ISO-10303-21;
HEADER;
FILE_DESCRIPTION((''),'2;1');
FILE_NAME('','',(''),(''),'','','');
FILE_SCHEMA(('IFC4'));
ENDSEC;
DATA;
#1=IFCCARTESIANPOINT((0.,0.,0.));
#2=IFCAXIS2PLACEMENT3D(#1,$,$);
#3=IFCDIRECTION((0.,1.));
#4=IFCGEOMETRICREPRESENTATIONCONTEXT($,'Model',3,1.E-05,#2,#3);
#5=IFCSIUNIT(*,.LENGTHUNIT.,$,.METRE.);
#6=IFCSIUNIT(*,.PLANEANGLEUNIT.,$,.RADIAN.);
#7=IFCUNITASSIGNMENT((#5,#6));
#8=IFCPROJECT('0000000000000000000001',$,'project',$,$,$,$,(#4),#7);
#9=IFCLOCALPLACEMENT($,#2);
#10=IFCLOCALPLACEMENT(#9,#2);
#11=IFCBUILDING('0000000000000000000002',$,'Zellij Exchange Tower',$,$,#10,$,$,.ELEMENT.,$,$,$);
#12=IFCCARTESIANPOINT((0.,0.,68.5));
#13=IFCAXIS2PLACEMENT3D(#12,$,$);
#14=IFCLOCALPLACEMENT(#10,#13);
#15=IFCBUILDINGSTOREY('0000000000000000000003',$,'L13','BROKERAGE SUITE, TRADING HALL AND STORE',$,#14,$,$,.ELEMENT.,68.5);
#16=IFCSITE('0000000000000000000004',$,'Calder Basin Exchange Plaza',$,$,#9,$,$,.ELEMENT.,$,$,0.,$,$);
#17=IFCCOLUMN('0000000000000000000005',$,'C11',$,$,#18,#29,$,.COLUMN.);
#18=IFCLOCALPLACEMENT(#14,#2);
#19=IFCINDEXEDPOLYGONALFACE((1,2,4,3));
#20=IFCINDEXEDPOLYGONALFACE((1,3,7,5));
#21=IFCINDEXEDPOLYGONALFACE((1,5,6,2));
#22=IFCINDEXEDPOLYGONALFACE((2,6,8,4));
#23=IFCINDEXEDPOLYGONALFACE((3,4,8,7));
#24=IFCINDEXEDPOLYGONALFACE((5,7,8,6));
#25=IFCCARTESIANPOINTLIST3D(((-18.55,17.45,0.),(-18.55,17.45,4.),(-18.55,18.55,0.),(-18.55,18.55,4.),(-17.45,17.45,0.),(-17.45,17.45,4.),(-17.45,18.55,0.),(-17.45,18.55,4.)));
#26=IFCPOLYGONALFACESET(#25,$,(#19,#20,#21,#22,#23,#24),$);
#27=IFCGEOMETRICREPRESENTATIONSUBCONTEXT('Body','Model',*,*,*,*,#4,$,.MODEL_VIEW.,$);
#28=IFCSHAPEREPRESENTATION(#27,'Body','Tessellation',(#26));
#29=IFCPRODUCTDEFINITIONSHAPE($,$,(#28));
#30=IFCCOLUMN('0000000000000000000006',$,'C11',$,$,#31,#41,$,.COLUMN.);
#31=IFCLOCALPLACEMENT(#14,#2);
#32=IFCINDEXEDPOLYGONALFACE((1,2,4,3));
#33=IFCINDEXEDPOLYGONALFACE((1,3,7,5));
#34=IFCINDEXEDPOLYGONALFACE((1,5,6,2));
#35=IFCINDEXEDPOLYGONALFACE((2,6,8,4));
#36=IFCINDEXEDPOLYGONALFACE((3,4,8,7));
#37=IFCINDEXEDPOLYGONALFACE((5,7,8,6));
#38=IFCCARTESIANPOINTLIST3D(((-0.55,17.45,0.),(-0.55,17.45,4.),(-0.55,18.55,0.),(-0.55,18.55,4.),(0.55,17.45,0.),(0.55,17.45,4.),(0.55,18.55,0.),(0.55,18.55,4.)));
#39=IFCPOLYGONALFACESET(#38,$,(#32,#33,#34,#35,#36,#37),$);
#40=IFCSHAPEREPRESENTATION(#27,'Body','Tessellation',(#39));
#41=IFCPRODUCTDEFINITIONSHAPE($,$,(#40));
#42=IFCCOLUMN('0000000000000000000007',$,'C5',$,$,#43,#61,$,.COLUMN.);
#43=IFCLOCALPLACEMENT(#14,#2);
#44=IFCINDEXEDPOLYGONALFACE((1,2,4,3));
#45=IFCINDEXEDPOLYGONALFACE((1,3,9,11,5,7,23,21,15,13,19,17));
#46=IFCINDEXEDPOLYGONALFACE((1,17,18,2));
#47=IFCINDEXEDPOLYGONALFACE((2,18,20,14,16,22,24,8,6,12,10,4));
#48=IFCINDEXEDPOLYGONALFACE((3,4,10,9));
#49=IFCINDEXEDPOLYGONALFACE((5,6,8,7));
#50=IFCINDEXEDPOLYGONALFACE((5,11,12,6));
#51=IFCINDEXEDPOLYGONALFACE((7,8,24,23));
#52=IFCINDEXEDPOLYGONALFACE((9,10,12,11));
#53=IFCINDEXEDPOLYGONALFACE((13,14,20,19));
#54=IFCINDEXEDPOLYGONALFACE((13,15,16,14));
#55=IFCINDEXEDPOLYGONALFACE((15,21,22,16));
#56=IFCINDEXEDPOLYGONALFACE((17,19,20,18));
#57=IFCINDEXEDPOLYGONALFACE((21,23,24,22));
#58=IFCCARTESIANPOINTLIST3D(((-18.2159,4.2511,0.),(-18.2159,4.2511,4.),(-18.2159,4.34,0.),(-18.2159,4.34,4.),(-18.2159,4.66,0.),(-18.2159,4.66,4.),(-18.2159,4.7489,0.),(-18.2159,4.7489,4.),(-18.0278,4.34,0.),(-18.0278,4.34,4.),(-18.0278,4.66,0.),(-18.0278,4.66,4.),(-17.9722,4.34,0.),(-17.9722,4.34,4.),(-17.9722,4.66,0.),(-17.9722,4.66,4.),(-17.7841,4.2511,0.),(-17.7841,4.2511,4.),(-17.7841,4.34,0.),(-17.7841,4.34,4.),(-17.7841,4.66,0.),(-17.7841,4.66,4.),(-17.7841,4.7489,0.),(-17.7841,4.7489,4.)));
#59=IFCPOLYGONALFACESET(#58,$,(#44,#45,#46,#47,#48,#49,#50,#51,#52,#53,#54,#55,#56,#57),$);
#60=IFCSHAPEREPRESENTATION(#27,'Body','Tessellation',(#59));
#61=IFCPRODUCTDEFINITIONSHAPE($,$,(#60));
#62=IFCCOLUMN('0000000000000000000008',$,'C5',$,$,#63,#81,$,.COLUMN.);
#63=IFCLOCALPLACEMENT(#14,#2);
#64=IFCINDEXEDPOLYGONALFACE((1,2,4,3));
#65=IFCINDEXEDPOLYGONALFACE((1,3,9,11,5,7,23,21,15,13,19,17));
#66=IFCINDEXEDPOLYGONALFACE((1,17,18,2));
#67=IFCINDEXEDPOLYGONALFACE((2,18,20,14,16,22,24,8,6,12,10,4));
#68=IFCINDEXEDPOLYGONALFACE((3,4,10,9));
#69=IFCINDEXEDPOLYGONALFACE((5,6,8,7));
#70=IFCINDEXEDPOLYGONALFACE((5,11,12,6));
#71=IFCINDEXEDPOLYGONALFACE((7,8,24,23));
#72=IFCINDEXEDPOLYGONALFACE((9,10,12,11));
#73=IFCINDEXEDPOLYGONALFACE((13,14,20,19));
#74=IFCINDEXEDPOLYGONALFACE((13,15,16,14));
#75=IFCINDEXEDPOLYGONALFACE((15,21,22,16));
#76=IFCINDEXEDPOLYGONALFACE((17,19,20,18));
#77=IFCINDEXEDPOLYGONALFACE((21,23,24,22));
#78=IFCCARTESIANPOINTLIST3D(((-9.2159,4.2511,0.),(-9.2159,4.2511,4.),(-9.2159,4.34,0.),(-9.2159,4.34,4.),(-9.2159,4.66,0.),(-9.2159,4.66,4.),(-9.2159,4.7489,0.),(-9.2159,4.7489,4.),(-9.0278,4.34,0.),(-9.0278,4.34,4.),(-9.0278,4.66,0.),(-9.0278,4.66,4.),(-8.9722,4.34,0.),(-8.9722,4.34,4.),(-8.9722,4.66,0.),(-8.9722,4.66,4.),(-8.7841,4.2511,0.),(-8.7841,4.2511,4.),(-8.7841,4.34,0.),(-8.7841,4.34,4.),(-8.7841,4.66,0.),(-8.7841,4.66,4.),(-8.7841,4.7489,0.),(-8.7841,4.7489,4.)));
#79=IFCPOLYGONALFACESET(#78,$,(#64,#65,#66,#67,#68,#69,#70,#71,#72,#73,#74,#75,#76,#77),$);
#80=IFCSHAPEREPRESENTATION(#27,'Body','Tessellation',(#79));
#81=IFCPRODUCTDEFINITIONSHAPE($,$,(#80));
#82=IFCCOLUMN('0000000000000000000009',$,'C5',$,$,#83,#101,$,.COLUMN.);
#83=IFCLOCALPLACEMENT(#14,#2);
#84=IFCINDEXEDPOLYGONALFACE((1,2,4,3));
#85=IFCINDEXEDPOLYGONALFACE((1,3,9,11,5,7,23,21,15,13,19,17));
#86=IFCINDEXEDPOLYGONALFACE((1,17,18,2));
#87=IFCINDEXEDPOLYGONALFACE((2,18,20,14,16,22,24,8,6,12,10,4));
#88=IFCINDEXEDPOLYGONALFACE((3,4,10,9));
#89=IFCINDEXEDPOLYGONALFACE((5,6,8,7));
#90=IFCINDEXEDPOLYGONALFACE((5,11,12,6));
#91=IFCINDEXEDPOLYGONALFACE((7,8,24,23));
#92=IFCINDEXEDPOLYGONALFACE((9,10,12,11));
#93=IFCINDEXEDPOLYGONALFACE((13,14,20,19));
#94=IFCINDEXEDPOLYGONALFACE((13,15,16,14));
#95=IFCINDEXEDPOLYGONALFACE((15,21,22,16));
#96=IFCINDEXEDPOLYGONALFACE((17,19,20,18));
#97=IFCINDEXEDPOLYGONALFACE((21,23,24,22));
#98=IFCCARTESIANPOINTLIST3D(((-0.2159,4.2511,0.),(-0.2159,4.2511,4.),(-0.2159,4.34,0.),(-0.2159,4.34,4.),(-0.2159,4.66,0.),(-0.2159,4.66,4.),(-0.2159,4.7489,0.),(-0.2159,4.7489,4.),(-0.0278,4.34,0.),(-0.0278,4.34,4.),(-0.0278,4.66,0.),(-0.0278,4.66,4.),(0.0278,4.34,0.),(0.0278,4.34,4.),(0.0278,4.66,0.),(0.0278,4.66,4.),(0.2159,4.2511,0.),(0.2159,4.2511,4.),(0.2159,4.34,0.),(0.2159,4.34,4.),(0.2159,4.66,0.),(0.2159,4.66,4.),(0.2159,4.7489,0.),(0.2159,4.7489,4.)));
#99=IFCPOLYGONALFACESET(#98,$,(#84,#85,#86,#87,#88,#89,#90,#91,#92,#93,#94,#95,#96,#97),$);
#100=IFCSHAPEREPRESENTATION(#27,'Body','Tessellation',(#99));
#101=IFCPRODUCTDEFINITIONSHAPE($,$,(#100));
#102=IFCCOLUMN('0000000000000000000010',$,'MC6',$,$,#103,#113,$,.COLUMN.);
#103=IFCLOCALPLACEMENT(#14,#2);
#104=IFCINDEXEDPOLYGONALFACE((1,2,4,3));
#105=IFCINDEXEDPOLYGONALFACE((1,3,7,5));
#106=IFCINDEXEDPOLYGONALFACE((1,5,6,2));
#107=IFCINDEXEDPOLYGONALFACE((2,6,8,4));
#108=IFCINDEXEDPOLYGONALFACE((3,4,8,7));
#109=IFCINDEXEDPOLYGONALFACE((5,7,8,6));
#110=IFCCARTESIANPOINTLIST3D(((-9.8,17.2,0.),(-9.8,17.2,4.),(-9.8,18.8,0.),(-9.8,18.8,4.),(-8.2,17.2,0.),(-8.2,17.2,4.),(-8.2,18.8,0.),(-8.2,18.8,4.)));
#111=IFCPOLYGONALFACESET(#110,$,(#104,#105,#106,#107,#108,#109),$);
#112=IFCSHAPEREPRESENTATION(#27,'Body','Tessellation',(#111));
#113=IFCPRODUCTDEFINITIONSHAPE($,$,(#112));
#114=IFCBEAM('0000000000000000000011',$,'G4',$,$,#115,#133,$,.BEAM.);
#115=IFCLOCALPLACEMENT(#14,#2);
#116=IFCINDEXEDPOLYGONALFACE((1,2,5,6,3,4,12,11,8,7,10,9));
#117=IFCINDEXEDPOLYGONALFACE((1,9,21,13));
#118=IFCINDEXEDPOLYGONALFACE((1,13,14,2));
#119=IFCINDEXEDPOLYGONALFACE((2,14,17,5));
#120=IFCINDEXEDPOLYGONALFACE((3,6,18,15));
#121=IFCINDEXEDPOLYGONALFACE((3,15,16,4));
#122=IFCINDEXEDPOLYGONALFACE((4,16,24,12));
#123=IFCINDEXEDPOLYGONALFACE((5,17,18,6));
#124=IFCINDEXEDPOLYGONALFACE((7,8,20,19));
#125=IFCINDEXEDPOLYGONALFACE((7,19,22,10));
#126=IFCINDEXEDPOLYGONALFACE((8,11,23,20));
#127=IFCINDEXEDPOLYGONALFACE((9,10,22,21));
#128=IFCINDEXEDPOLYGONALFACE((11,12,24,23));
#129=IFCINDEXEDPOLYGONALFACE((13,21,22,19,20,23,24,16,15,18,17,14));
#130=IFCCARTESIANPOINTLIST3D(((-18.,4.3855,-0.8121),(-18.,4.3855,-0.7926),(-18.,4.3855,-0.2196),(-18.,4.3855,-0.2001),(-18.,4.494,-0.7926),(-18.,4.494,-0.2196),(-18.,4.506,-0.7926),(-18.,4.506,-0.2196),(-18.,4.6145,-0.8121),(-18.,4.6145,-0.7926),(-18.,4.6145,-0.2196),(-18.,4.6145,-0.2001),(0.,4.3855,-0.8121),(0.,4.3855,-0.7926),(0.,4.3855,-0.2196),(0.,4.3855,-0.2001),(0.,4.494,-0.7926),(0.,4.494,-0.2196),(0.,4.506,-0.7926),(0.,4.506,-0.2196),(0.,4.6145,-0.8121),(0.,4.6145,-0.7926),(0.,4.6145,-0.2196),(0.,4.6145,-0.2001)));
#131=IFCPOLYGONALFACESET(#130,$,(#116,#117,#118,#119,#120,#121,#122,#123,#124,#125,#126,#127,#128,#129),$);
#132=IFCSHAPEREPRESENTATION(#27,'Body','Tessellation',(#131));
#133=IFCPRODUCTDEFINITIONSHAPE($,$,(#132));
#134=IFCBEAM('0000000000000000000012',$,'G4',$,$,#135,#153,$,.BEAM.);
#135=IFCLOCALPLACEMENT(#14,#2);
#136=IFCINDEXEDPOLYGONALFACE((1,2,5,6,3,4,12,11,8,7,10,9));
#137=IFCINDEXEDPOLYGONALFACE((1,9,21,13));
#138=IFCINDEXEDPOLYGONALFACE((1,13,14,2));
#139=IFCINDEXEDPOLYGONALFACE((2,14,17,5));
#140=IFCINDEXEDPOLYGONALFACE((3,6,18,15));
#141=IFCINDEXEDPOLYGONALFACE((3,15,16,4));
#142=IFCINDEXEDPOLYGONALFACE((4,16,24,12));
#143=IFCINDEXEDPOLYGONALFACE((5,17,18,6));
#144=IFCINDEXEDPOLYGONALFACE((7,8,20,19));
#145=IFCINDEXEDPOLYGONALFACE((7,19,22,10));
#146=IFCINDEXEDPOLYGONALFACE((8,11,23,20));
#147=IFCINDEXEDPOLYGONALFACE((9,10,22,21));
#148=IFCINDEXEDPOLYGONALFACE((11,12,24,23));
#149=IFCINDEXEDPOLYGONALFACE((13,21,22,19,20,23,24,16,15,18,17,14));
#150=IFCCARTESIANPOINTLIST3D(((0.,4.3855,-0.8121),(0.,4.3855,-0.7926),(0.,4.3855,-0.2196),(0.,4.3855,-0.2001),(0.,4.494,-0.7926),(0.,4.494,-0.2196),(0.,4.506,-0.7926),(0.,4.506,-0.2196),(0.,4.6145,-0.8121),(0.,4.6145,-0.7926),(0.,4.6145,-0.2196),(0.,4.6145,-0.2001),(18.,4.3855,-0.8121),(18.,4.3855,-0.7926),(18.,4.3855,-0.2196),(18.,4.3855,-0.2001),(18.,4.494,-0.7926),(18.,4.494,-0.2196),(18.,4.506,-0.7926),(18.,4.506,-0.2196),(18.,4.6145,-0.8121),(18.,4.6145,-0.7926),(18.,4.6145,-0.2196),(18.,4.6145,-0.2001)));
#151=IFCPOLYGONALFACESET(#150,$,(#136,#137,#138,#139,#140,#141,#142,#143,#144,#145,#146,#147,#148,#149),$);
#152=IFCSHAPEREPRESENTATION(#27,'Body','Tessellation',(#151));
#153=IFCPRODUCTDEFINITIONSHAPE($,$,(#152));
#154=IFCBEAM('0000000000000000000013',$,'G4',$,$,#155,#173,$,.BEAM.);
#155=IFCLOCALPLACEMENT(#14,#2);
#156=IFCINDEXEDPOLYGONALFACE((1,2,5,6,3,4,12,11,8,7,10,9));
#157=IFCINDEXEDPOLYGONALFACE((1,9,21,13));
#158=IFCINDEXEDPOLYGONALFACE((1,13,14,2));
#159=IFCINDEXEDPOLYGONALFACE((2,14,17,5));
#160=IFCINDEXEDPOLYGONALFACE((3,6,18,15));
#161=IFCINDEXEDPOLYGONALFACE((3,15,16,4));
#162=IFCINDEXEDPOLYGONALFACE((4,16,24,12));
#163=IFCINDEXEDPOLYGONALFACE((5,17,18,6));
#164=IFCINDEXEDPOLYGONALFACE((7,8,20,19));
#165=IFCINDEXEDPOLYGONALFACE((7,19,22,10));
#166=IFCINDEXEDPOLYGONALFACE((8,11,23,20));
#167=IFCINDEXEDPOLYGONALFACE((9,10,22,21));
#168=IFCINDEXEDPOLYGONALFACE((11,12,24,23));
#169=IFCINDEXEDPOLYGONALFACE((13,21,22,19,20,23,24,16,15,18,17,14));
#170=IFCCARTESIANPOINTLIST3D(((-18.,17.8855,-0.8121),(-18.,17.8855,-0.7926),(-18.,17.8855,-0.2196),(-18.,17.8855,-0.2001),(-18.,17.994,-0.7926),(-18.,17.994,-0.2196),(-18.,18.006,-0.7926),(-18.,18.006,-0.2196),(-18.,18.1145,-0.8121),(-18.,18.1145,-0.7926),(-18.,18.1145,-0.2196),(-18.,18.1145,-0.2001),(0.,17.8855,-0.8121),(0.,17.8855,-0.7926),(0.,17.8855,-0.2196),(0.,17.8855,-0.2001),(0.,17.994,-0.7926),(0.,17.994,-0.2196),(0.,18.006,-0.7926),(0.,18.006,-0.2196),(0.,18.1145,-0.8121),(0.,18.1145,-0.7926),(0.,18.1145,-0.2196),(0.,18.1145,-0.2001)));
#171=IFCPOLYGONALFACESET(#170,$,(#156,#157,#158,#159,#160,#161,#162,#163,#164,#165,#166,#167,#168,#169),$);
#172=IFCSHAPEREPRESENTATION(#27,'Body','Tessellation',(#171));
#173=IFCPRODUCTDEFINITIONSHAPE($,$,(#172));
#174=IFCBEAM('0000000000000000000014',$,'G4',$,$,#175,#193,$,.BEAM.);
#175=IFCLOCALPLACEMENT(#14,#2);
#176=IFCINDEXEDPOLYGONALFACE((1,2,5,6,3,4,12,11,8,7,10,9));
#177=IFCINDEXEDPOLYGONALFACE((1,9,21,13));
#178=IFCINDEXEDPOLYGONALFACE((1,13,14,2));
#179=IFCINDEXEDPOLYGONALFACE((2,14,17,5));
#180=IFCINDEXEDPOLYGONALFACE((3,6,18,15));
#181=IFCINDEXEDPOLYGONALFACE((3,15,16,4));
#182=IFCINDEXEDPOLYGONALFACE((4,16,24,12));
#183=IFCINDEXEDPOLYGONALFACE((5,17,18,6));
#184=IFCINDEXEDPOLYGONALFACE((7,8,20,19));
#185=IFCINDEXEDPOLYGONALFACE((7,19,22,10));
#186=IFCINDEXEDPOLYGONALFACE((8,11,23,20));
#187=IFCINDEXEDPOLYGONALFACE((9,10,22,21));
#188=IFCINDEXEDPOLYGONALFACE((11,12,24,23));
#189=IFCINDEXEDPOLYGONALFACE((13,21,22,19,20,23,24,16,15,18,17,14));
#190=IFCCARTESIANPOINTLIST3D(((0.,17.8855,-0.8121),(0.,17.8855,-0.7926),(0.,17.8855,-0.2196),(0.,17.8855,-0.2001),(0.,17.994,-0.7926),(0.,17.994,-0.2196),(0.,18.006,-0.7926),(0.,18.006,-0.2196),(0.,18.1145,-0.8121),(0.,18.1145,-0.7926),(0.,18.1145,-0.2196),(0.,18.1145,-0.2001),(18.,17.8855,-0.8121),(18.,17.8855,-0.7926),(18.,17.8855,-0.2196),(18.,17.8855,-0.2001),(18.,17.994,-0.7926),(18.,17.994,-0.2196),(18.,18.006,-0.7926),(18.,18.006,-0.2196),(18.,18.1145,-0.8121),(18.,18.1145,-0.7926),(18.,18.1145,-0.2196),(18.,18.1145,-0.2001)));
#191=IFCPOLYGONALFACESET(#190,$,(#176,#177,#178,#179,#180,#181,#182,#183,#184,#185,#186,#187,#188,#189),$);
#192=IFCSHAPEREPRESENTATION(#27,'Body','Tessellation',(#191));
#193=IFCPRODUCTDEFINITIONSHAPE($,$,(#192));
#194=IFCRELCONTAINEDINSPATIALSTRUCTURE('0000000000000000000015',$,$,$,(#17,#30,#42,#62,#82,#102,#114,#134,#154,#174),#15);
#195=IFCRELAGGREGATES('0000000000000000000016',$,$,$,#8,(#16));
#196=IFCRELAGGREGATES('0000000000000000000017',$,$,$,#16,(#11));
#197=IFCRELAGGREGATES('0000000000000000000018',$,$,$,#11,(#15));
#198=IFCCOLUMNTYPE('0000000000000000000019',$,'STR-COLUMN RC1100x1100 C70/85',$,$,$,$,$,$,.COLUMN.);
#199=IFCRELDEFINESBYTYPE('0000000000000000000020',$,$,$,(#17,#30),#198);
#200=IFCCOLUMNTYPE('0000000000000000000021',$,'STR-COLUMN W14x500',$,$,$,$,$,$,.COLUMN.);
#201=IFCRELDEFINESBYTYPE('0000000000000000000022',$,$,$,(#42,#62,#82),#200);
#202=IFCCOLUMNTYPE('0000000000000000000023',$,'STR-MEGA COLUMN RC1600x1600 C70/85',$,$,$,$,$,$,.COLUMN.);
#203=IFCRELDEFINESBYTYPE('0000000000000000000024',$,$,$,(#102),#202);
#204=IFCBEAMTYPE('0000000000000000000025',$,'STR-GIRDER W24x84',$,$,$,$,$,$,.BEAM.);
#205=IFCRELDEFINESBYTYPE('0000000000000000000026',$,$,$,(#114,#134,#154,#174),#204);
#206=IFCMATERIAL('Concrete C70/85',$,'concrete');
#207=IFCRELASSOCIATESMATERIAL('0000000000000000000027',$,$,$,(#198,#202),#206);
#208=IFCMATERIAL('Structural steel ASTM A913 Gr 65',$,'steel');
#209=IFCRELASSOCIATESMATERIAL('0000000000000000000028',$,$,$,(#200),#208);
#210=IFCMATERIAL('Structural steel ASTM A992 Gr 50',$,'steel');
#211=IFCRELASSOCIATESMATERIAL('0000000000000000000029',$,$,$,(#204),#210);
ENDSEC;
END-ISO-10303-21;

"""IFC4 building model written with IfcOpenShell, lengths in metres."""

from ifc_helpers import new_model, si_unit, direction, frame, origin, origin_2d, place, context, subcontext, project, spatial, rectangle, i_section, extrude, material, material_profile, profile_set, type_object, element, save


model = new_model("IFC4")

# Units and contexts
model_context = context("Model", 3, precision=1e-05, world=origin(), true_north=direction((0.0, 1.0)))
body_context = subcontext(model_context, "Body", "Model", "MODEL_VIEW")
ifc_project = project(units=[si_unit("LENGTHUNIT", "METRE"), si_unit("PLANEANGLEUNIT", "RADIAN")], contexts=[model_context])

# Site, building, storey
site_placement = place(None, origin())
site = spatial("IfcSite", under=ifc_project, at=site_placement, Name="Calder Basin Exchange Plaza", CompositionType="ELEMENT", RefElevation=0.0)
building_placement = place(site_placement, origin())
building = spatial("IfcBuilding", under=site, at=building_placement, Name="Zellij Exchange Tower", CompositionType="ELEMENT")
storey_placement = place(building_placement, frame((0.0, 0.0, 68.5)))
storey = spatial("IfcBuildingStorey", under=building, at=storey_placement, Name="L13", Description="BROKERAGE SUITE, TRADING HALL AND STORE", CompositionType="ELEMENT", Elevation=68.5)

# Columns
ifc_material_1 = material(Name="Concrete C70/85", Category="concrete")
ifc_material_profile_1 = material_profile(ifc_material_1, rectangle(XDim=1.1001, YDim=1.1001, at=origin_2d()), Name="STR-COLUMN RC1100x1100 C70/85")
ifc_profile_set_1 = profile_set([ifc_material_profile_1], Name="Concrete C70/85")
column_type_1 = type_object("IfcColumnType", Name="STR-COLUMN RC1100x1100 C70/85", PredefinedType="COLUMN", material=ifc_profile_set_1)
for number, where, z_axis, x_axis, name in (
    (1, (-18.0, 18.0, 0.0), (0.0, 0.0, 1.0), (1.0, 0.0, 0.0), "C11"),
    (2, (0.0, 18.0, 0.0), (0.0, 0.0, 1.0), (1.0, 0.0, 0.0), "C11"),
):
    element("IfcColumn", number, at=place(storey_placement, frame(where, z_axis=z_axis, x_axis=x_axis)), inside=storey, type_object=column_type_1, Name=name, PredefinedType="COLUMN", context=body_context, shape_type="SweptSolid", body=[
        extrude(rectangle(XDim=1.1001, YDim=1.1001, at=origin_2d()), origin(), (0.0, 0.0, 1.0), 4.0),
    ])
ifc_material_2 = material(Name="Structural steel ASTM A913 Gr 65", Category="steel")
ifc_material_profile_2 = material_profile(ifc_material_2, i_section(OverallWidth=0.4319, OverallDepth=0.4978, WebThickness=0.0557, FlangeThickness=0.0889, at=origin_2d()), Name="W14x500")
ifc_profile_set_2 = profile_set([ifc_material_profile_2], Name="Structural steel ASTM A913 Gr 65")
column_type_2 = type_object("IfcColumnType", Name="STR-COLUMN W14x500", PredefinedType="COLUMN", material=ifc_profile_set_2)
for number, where, z_axis, x_axis, name in (
    (3, (-18.0, 4.5, 0.0), (0.0, 0.0, 1.0), (1.0, 0.0, 0.0), "C5"),
    (4, (-9.0, 4.5, 0.0), (0.0, 0.0, 1.0), (1.0, 0.0, 0.0), "C5"),
    (5, (0.0, 4.5, 0.0), (0.0, 0.0, 1.0), (1.0, 0.0, 0.0), "C5"),
):
    element("IfcColumn", number, at=place(storey_placement, frame(where, z_axis=z_axis, x_axis=x_axis)), inside=storey, type_object=column_type_2, Name=name, PredefinedType="COLUMN", context=body_context, shape_type="SweptSolid", body=[
        extrude(i_section(OverallWidth=0.4319, OverallDepth=0.4978, WebThickness=0.0557, FlangeThickness=0.0889, at=origin_2d()), origin(), (0.0, 0.0, 1.0), 4.0),
    ])
ifc_material_profile_3 = material_profile(ifc_material_1, rectangle(XDim=1.6001, YDim=1.6001, at=origin_2d()), Name="STR-MEGA COLUMN RC1600x1600 C70/85")
ifc_profile_set_3 = profile_set([ifc_material_profile_3], Name="Concrete C70/85")
column_type_3 = type_object("IfcColumnType", Name="STR-MEGA COLUMN RC1600x1600 C70/85", PredefinedType="COLUMN", material=ifc_profile_set_3)
column_placement = place(storey_placement, frame((-9.0, 18.0, 0.0), z_axis=(0.0, 0.0, 1.0), x_axis=(1.0, 0.0, 0.0)))
element("IfcColumn", 6, at=column_placement, inside=storey, type_object=column_type_3, Name="MC6", PredefinedType="COLUMN", context=body_context, shape_type="SweptSolid", body=[
    extrude(rectangle(XDim=1.6001, YDim=1.6001, at=origin_2d()), origin(), (0.0, 0.0, 1.0), 4.0),
])

# Beams
ifc_material_3 = material(Name="Structural steel ASTM A992 Gr 50", Category="steel")
ifc_material_profile_4 = material_profile(ifc_material_3, i_section(OverallWidth=0.229, OverallDepth=0.6121, WebThickness=0.012, FlangeThickness=0.0195, at=origin_2d()), Name="W24x84")
ifc_profile_set_4 = profile_set([ifc_material_profile_4], Name="Structural steel ASTM A992 Gr 50")
beam_type = type_object("IfcBeamType", Name="STR-GIRDER W24x84", PredefinedType="BEAM", material=ifc_profile_set_4)
for number, where, z_axis, x_axis, name in (
    (7, (-18.0, 4.5, -0.5061), (1.0, 0.0, 0.0), (0.0, 1.0, 0.0), "G4"),
    (8, (0.0, 4.5, -0.5061), (1.0, 0.0, 0.0), (0.0, 1.0, 0.0), "G4"),
    (9, (-18.0, 18.0, -0.5061), (1.0, 0.0, 0.0), (0.0, 1.0, 0.0), "G4"),
    (10, (0.0, 18.0, -0.5061), (1.0, 0.0, 0.0), (0.0, 1.0, 0.0), "G4"),
):
    element("IfcBeam", number, at=place(storey_placement, frame(where, z_axis=z_axis, x_axis=x_axis)), inside=storey, type_object=beam_type, Name=name, PredefinedType="BEAM", context=body_context, shape_type="SweptSolid", body=[
        extrude(i_section(OverallWidth=0.229, OverallDepth=0.6121, WebThickness=0.012, FlangeThickness=0.0195, at=origin_2d()), origin(), (0.0, 0.0, 1.0), 18.0),
    ])

save(model, "model.ifc")
